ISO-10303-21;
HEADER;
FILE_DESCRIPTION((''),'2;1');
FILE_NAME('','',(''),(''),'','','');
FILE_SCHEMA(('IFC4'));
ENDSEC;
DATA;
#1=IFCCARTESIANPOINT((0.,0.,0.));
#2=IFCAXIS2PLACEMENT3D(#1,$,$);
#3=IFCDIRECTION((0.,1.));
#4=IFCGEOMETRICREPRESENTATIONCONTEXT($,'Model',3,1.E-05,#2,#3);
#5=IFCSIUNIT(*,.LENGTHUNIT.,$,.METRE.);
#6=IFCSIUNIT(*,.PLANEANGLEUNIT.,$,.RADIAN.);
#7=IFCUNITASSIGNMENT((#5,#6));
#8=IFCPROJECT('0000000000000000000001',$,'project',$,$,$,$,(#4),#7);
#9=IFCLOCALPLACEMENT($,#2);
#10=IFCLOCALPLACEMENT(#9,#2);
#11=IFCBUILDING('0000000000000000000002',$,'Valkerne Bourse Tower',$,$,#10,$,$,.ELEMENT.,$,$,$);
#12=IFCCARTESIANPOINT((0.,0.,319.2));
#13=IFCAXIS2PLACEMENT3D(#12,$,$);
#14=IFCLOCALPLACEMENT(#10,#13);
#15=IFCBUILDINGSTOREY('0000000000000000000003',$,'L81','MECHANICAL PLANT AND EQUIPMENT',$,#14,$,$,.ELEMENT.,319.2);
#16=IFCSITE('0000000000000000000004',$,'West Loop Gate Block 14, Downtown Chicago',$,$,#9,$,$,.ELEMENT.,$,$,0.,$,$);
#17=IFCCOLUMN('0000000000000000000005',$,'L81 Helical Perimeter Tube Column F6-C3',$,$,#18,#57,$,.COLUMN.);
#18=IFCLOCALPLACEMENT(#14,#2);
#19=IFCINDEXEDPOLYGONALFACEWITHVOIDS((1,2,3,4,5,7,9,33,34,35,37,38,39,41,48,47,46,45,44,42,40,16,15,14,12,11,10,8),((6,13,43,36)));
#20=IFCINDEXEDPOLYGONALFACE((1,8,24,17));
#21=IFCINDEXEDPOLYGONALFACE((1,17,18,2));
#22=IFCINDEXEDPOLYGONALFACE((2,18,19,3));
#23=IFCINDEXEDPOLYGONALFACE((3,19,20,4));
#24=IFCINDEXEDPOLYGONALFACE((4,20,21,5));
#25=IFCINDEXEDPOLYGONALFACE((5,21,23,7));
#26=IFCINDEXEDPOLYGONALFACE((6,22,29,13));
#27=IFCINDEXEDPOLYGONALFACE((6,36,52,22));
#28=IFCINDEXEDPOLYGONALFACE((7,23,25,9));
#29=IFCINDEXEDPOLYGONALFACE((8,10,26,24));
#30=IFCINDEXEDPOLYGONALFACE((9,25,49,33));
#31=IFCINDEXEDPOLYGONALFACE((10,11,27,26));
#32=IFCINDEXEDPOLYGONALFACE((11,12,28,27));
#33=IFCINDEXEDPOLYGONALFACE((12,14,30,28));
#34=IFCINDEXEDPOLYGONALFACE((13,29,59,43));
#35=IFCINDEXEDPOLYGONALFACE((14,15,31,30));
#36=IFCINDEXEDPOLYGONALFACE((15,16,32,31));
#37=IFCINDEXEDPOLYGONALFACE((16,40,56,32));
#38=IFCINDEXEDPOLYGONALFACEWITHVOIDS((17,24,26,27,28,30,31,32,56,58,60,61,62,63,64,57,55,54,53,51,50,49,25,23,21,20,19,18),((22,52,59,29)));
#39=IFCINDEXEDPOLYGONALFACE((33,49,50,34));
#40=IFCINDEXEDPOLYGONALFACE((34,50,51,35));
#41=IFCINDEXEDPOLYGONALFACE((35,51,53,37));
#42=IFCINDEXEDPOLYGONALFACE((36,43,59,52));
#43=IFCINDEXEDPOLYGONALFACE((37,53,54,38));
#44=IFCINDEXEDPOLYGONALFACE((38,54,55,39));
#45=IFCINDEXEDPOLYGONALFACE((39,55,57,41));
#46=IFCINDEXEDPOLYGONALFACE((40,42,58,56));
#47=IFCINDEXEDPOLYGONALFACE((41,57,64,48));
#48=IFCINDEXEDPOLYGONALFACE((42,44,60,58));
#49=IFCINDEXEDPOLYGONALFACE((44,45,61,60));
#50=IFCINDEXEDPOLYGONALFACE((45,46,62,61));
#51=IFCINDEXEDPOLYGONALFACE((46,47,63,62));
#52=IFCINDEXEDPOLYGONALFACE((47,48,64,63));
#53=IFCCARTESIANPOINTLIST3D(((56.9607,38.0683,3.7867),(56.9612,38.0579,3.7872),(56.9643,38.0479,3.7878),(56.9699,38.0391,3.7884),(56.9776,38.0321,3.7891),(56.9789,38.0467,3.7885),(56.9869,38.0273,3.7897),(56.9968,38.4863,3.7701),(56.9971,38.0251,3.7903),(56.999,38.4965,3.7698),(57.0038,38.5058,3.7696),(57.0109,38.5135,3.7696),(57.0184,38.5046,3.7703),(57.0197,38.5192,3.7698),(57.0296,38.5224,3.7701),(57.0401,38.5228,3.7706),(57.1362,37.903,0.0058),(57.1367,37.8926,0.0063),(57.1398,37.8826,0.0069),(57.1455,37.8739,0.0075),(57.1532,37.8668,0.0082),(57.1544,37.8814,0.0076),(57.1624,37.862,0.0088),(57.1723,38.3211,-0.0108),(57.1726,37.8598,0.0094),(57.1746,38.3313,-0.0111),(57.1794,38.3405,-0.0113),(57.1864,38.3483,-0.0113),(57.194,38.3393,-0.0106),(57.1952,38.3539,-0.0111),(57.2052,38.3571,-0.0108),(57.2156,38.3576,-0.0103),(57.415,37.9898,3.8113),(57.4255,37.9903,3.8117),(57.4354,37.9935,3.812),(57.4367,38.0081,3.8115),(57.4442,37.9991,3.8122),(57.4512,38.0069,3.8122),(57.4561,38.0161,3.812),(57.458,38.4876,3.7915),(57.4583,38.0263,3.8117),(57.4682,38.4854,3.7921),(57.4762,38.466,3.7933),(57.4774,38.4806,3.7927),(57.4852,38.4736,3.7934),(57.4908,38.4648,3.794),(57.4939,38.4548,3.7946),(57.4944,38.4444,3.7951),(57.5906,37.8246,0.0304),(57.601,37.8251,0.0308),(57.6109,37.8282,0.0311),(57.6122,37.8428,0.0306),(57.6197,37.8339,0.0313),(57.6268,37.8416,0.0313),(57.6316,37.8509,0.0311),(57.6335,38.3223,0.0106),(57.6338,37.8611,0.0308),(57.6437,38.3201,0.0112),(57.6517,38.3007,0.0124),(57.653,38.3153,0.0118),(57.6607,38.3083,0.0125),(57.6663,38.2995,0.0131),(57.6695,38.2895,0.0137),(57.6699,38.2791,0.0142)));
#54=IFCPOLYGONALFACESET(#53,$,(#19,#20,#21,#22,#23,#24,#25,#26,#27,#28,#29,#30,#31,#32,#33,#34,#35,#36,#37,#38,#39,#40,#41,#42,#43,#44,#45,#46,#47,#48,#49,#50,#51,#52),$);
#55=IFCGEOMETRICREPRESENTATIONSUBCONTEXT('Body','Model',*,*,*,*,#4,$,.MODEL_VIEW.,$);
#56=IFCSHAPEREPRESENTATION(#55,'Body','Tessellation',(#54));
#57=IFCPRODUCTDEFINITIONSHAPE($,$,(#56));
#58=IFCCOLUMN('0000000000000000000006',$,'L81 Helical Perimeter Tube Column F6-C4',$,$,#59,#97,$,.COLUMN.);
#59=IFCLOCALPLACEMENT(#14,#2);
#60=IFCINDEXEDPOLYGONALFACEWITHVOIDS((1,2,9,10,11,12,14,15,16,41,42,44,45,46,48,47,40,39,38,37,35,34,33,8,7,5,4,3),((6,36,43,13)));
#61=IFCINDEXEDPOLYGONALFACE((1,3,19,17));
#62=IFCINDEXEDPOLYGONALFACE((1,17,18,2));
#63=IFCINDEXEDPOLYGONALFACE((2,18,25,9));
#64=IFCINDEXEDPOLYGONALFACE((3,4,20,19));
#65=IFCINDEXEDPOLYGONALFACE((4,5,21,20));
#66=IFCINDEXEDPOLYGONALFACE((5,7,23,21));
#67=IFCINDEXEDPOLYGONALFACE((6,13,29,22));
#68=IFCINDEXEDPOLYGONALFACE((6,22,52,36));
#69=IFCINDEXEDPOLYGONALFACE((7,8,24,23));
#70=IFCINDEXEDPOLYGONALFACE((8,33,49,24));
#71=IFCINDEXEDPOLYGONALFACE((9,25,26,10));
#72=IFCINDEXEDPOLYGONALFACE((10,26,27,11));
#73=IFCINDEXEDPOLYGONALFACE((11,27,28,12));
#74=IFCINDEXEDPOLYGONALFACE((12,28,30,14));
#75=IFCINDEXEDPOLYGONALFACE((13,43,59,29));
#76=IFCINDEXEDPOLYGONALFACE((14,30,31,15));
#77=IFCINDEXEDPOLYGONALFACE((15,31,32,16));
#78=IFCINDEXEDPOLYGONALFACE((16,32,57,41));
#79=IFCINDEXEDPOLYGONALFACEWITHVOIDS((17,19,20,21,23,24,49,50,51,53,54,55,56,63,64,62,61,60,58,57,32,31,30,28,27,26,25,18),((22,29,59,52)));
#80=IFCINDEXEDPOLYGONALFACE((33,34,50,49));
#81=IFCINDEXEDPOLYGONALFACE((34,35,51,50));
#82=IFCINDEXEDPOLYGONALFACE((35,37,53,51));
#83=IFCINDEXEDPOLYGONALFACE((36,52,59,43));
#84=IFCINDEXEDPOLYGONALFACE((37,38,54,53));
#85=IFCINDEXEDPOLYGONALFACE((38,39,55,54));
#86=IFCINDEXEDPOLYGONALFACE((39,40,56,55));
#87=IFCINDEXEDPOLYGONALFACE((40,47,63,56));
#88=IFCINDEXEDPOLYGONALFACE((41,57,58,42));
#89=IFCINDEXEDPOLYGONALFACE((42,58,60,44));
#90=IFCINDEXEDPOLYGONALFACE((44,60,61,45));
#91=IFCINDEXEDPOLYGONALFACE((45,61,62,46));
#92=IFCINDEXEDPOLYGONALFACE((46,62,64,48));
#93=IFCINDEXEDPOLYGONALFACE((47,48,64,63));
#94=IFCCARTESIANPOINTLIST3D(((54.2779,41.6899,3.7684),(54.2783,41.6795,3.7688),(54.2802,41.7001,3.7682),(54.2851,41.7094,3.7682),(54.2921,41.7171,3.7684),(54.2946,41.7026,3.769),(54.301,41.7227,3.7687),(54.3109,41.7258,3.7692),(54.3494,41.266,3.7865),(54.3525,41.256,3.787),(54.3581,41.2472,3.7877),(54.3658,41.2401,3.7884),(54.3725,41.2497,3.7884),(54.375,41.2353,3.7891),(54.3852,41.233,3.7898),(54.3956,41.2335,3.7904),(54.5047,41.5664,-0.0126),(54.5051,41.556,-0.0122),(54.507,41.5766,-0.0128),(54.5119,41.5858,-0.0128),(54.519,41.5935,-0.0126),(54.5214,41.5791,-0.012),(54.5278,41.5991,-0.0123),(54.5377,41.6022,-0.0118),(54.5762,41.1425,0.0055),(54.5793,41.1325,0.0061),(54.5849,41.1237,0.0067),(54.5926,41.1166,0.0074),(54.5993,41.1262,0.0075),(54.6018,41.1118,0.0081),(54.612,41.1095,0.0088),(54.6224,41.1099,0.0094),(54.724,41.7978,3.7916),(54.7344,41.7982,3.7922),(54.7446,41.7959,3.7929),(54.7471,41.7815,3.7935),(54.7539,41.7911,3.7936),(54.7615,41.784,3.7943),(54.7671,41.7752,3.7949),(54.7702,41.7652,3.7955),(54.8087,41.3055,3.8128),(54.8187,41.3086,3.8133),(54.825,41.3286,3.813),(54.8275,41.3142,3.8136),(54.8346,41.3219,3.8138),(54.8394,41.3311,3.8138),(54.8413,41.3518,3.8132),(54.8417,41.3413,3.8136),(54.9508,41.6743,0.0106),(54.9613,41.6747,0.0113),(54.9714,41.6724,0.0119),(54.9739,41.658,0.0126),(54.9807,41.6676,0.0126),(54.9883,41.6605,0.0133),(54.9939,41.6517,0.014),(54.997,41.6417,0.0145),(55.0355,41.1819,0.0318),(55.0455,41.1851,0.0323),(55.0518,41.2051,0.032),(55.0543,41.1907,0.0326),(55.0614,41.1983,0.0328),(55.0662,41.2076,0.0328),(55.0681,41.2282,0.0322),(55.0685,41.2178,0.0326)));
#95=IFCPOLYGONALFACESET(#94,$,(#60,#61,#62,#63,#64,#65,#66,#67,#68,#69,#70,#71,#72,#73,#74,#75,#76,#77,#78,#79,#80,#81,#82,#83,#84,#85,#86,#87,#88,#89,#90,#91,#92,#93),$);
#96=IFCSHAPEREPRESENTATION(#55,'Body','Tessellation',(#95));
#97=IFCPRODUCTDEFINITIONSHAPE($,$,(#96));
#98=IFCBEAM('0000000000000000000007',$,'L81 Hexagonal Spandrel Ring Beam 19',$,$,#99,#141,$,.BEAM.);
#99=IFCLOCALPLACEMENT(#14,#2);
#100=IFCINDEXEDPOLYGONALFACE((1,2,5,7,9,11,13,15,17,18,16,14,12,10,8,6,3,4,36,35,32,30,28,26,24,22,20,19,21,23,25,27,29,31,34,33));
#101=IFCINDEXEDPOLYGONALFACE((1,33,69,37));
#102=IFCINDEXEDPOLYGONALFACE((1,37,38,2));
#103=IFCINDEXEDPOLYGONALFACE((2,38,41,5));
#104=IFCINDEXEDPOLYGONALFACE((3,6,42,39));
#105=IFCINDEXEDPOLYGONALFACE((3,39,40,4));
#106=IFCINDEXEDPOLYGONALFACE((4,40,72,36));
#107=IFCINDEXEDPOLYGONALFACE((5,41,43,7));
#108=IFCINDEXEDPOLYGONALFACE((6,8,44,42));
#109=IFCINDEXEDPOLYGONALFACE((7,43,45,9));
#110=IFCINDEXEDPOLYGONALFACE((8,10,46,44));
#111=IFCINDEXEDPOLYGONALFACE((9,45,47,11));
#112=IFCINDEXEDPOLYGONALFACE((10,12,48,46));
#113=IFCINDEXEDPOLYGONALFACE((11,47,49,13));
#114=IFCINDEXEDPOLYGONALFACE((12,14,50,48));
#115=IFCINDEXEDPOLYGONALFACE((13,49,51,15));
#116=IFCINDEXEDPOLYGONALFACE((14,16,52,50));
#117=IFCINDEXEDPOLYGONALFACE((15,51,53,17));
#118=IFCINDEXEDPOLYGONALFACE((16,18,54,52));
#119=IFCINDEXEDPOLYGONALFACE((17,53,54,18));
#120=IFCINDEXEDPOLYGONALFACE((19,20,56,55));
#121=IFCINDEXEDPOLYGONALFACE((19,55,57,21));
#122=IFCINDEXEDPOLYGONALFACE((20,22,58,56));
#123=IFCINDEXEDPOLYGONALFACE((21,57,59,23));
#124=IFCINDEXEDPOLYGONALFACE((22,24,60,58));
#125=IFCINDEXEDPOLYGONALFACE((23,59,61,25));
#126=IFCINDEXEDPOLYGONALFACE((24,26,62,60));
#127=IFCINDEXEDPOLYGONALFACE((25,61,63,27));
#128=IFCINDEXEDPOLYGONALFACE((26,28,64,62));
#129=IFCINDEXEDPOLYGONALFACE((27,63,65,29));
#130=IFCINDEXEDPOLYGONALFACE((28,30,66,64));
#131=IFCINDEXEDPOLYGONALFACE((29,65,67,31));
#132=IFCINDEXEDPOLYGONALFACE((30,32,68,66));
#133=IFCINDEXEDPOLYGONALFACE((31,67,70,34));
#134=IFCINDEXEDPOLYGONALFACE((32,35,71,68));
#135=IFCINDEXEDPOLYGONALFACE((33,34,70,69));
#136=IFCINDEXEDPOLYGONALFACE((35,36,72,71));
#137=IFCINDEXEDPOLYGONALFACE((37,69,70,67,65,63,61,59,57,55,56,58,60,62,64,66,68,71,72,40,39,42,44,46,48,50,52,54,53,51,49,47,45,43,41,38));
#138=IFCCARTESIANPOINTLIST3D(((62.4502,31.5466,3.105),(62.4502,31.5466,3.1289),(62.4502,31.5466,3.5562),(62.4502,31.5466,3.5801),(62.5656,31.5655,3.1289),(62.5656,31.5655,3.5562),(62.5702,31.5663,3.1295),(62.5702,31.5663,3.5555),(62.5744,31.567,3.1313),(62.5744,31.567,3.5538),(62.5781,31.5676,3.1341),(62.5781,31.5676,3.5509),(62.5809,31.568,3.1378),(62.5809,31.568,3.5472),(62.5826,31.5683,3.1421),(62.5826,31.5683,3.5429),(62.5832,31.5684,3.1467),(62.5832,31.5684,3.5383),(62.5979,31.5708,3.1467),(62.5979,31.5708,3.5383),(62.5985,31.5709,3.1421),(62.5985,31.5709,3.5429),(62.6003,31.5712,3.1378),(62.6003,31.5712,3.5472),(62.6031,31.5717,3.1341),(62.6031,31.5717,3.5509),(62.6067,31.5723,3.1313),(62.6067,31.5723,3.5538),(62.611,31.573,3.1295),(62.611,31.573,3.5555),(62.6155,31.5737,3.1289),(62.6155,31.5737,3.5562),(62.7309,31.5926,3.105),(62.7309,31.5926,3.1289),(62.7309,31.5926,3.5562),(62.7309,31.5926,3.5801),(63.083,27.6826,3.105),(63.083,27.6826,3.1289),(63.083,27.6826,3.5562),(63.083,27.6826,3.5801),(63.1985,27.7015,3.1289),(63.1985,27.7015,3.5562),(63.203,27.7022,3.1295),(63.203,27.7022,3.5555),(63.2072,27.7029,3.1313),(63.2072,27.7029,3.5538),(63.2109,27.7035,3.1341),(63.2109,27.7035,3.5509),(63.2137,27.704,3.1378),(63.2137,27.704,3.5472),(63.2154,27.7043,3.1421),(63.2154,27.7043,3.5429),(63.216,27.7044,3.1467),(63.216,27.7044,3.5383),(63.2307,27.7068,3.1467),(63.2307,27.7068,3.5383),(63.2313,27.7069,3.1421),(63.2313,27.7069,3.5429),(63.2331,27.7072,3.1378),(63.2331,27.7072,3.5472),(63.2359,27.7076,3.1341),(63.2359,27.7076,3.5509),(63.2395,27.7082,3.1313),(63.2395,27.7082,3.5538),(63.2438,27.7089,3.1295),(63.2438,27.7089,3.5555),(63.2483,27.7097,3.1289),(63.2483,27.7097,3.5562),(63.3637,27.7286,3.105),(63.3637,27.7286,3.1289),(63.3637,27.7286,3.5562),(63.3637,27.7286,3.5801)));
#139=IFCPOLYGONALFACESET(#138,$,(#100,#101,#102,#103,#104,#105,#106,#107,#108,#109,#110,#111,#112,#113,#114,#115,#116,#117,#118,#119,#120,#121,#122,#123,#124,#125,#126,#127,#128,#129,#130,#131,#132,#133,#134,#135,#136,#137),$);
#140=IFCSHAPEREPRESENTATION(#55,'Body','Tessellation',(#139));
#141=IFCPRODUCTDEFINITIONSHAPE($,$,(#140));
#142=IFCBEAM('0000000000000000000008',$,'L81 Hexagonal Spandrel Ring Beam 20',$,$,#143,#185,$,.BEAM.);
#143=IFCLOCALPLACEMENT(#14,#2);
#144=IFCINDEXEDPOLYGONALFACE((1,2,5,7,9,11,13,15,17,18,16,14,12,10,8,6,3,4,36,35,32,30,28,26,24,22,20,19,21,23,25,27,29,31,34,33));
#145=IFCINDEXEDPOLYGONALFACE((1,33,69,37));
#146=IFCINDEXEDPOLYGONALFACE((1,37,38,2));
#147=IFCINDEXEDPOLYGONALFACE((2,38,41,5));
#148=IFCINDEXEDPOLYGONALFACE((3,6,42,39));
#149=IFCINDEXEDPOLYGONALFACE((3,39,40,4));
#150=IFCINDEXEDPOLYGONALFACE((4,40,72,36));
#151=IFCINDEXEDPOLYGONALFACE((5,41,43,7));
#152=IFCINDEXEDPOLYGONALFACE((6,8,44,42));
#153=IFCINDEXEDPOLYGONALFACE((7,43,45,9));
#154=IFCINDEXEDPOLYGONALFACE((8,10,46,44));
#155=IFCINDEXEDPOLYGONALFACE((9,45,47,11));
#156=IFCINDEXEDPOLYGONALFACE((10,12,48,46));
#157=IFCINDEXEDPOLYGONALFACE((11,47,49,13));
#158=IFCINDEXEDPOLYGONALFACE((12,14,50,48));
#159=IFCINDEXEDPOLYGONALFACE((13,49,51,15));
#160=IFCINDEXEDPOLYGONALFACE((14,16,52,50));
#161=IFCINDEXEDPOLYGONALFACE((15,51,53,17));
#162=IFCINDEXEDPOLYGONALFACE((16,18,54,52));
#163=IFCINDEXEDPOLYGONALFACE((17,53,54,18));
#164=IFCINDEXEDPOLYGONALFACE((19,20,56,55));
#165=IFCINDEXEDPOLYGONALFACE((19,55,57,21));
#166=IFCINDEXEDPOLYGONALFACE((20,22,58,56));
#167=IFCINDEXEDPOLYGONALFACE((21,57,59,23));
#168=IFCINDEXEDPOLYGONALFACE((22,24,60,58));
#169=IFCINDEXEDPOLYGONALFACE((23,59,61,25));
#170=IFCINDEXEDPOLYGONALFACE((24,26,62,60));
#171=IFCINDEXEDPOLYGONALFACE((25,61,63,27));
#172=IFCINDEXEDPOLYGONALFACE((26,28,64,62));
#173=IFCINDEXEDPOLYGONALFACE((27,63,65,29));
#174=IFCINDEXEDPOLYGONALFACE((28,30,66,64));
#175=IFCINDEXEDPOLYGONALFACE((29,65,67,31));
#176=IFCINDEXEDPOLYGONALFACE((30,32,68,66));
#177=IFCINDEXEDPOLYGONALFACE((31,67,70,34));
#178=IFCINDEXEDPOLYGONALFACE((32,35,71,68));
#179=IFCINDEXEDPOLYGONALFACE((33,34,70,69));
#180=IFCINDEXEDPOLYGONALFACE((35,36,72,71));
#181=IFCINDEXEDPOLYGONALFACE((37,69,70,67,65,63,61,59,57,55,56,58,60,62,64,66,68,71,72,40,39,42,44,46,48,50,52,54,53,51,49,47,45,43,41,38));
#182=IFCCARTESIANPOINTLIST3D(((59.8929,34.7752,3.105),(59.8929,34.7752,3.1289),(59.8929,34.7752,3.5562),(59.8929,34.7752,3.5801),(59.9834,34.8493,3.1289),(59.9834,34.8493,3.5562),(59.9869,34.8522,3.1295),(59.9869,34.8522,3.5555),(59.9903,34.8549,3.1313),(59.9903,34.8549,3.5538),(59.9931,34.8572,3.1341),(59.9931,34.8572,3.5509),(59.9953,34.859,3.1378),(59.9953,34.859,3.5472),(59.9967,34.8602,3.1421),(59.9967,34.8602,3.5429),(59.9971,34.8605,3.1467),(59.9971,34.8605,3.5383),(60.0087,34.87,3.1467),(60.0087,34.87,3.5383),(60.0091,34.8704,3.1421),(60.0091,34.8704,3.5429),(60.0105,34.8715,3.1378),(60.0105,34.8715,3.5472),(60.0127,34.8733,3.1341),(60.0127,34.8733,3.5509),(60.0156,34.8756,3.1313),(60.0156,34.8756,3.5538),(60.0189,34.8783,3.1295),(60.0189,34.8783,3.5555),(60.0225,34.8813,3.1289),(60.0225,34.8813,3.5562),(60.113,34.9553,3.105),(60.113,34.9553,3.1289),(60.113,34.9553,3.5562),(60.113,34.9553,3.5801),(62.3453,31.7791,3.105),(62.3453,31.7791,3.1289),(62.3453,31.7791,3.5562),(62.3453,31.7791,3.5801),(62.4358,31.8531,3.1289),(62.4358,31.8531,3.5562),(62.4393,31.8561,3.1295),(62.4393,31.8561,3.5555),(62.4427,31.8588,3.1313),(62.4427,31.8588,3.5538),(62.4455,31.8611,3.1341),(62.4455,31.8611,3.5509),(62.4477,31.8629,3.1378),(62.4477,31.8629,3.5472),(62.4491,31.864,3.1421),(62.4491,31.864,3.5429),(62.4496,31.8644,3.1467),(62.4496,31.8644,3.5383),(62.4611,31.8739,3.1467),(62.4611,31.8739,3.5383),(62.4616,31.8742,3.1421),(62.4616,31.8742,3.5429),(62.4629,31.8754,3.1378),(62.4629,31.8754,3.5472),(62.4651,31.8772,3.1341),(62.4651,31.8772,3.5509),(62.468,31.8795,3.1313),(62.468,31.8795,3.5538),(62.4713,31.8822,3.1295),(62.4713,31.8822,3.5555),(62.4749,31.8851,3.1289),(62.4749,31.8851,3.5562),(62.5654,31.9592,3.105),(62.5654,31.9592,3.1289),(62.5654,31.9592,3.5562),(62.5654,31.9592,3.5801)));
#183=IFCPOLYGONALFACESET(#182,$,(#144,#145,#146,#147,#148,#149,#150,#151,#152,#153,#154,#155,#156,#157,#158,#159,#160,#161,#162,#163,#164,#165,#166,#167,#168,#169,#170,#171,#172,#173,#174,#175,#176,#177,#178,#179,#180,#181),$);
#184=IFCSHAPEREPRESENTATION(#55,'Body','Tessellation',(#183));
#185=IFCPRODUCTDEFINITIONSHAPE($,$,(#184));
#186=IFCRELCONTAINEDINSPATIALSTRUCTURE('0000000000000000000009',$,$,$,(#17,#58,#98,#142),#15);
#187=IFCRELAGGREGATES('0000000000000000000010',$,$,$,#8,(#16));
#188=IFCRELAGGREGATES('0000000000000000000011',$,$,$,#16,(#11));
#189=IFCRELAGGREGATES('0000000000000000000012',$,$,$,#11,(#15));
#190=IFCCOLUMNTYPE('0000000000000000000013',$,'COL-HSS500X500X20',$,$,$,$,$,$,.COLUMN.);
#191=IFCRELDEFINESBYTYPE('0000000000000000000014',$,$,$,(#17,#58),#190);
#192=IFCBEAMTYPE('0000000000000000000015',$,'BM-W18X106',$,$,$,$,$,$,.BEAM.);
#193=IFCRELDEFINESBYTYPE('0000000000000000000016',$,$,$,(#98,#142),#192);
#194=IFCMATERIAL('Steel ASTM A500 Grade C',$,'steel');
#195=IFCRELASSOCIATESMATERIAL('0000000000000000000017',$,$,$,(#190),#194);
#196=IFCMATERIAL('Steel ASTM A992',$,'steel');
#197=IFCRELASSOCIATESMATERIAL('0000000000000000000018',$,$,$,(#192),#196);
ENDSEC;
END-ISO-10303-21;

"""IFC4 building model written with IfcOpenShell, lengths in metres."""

from ifc_helpers import new_model, si_unit, direction, frame, origin, origin_2d, place, context, subcontext, project, spatial, hollow_rectangle, i_section, extrude, material, material_profile, profile_set, type_object, element, save


model = new_model("IFC4")

# Units and contexts
model_context = context("Model", 3, precision=1e-05, world=origin(), true_north=direction((0.0, 1.0)))
body_context = subcontext(model_context, "Body", "Model", "MODEL_VIEW")
ifc_project = project(units=[si_unit("LENGTHUNIT", "METRE"), si_unit("PLANEANGLEUNIT", "RADIAN")], contexts=[model_context])

# Site, building, storey
site_placement = place(None, origin())
site = spatial("IfcSite", under=ifc_project, at=site_placement, Name="West Loop Gate Block 14, Downtown Chicago", CompositionType="ELEMENT", RefElevation=0.0)
building_placement = place(site_placement, origin())
building = spatial("IfcBuilding", under=site, at=building_placement, Name="Valkerne Bourse Tower", CompositionType="ELEMENT")
storey_placement = place(building_placement, frame((0.0, 0.0, 319.2)))
storey = spatial("IfcBuildingStorey", under=building, at=storey_placement, Name="L81", Description="MECHANICAL PLANT AND EQUIPMENT", CompositionType="ELEMENT", Elevation=319.2)

# Columns
ifc_material_1 = material(Name="Steel ASTM A500 Grade C", Category="steel")
ifc_material_profile_1 = material_profile(ifc_material_1, hollow_rectangle(XDim=0.5, YDim=0.5, WallThickness=0.02, OuterFilletRadius=0.04, at=origin_2d()), Name="HSS500X500X20")
ifc_profile_set_1 = profile_set([ifc_material_profile_1], Name="Steel ASTM A500 Grade C")
column_type_1 = type_object("IfcColumnType", Name="COL-HSS500X500X20", PredefinedType="COLUMN", material=ifc_profile_set_1)
for number, where, z_axis, x_axis, name in (
    (1, (57.4031, 38.0911, 0.01), (-0.046332, 0.043625, 0.997973), (0.995223, -0.083923, 0.049873), "L81 Helical Perimeter Tube Column F6-C3"),
):
    element("IfcColumn", number, at=place(storey_placement, frame(where, z_axis=z_axis, x_axis=x_axis)), inside=storey, type_object=column_type_1, Name=name, PredefinedType="COLUMN", context=body_context, shape_type="SweptSolid", body=[
        extrude(hollow_rectangle(XDim=0.5, YDim=0.5, WallThickness=0.02, OuterFilletRadius=0.04, at=origin_2d()), origin(), (0.0, 0.0, 1.0), 3.7886),
    ])
column_1_placement = place(storey_placement, frame((54.7866, 41.3921, 0.01), z_axis=(-0.059846, 0.032597, 0.997675), x_axis=(0.983736, 0.171496, 0.053407)))
element("IfcColumn", 2, at=column_1_placement, inside=storey, type_object=column_type_1, Name="L81 Helical Perimeter Tube Column F6-C4", PredefinedType="COLUMN", context=body_context, shape_type="SweptSolid", body=[
    extrude(hollow_rectangle(XDim=0.5, YDim=0.5, WallThickness=0.02, OuterFilletRadius=0.04, at=origin_2d()), origin(), (0.0, 0.0, 1.0), 3.7898),
])

# Beams
ifc_material_2 = material(Name="Steel ASTM A992", Category="steel")
ifc_material_profile_2 = material_profile(ifc_material_2, i_section(OverallWidth=0.2844, OverallDepth=0.4751, WebThickness=0.0149, FlangeThickness=0.0239, FilletRadius=0.0178, at=origin_2d()), Name="W18X106")
ifc_profile_set_2 = profile_set([ifc_material_profile_2], Name="Steel ASTM A992")
beam_type_1 = type_object("IfcBeamType", Name="BM-W18X106", PredefinedType="BEAM", material=ifc_profile_set_2)
beam_1_placement = place(storey_placement, frame((63.2234, 27.7056, 3.3425), z_axis=(-0.161618, 0.986853, 0.0), x_axis=(-0.986853, -0.161618, 0.0)))
element("IfcBeam", 3, at=beam_1_placement, inside=storey, type_object=beam_type_1, Name="L81 Hexagonal Spandrel Ring Beam 19", PredefinedType="BEAM", context=body_context, shape_type="SweptSolid", body=[
    extrude(i_section(OverallWidth=0.2844, OverallDepth=0.4751, WebThickness=0.0149, FlangeThickness=0.0239, FilletRadius=0.0178, at=origin_2d()), origin(), (0.0, 0.0, 1.0), 3.9155),
])
beam_2_placement = place(storey_placement, frame((62.4553, 31.8691, 3.3425), z_axis=(-0.633399, 0.773825, 0.0), x_axis=(-0.773825, -0.633399, 0.0)))
element("IfcBeam", 4, at=beam_2_placement, inside=storey, type_object=beam_type_1, Name="L81 Hexagonal Spandrel Ring Beam 20", PredefinedType="BEAM", context=body_context, shape_type="SweptSolid", body=[
    extrude(i_section(OverallWidth=0.2844, OverallDepth=0.4751, WebThickness=0.0149, FlangeThickness=0.0239, FilletRadius=0.0178, at=origin_2d()), origin(), (0.0, 0.0, 1.0), 3.8718),
])

save(model, "model.ifc")
